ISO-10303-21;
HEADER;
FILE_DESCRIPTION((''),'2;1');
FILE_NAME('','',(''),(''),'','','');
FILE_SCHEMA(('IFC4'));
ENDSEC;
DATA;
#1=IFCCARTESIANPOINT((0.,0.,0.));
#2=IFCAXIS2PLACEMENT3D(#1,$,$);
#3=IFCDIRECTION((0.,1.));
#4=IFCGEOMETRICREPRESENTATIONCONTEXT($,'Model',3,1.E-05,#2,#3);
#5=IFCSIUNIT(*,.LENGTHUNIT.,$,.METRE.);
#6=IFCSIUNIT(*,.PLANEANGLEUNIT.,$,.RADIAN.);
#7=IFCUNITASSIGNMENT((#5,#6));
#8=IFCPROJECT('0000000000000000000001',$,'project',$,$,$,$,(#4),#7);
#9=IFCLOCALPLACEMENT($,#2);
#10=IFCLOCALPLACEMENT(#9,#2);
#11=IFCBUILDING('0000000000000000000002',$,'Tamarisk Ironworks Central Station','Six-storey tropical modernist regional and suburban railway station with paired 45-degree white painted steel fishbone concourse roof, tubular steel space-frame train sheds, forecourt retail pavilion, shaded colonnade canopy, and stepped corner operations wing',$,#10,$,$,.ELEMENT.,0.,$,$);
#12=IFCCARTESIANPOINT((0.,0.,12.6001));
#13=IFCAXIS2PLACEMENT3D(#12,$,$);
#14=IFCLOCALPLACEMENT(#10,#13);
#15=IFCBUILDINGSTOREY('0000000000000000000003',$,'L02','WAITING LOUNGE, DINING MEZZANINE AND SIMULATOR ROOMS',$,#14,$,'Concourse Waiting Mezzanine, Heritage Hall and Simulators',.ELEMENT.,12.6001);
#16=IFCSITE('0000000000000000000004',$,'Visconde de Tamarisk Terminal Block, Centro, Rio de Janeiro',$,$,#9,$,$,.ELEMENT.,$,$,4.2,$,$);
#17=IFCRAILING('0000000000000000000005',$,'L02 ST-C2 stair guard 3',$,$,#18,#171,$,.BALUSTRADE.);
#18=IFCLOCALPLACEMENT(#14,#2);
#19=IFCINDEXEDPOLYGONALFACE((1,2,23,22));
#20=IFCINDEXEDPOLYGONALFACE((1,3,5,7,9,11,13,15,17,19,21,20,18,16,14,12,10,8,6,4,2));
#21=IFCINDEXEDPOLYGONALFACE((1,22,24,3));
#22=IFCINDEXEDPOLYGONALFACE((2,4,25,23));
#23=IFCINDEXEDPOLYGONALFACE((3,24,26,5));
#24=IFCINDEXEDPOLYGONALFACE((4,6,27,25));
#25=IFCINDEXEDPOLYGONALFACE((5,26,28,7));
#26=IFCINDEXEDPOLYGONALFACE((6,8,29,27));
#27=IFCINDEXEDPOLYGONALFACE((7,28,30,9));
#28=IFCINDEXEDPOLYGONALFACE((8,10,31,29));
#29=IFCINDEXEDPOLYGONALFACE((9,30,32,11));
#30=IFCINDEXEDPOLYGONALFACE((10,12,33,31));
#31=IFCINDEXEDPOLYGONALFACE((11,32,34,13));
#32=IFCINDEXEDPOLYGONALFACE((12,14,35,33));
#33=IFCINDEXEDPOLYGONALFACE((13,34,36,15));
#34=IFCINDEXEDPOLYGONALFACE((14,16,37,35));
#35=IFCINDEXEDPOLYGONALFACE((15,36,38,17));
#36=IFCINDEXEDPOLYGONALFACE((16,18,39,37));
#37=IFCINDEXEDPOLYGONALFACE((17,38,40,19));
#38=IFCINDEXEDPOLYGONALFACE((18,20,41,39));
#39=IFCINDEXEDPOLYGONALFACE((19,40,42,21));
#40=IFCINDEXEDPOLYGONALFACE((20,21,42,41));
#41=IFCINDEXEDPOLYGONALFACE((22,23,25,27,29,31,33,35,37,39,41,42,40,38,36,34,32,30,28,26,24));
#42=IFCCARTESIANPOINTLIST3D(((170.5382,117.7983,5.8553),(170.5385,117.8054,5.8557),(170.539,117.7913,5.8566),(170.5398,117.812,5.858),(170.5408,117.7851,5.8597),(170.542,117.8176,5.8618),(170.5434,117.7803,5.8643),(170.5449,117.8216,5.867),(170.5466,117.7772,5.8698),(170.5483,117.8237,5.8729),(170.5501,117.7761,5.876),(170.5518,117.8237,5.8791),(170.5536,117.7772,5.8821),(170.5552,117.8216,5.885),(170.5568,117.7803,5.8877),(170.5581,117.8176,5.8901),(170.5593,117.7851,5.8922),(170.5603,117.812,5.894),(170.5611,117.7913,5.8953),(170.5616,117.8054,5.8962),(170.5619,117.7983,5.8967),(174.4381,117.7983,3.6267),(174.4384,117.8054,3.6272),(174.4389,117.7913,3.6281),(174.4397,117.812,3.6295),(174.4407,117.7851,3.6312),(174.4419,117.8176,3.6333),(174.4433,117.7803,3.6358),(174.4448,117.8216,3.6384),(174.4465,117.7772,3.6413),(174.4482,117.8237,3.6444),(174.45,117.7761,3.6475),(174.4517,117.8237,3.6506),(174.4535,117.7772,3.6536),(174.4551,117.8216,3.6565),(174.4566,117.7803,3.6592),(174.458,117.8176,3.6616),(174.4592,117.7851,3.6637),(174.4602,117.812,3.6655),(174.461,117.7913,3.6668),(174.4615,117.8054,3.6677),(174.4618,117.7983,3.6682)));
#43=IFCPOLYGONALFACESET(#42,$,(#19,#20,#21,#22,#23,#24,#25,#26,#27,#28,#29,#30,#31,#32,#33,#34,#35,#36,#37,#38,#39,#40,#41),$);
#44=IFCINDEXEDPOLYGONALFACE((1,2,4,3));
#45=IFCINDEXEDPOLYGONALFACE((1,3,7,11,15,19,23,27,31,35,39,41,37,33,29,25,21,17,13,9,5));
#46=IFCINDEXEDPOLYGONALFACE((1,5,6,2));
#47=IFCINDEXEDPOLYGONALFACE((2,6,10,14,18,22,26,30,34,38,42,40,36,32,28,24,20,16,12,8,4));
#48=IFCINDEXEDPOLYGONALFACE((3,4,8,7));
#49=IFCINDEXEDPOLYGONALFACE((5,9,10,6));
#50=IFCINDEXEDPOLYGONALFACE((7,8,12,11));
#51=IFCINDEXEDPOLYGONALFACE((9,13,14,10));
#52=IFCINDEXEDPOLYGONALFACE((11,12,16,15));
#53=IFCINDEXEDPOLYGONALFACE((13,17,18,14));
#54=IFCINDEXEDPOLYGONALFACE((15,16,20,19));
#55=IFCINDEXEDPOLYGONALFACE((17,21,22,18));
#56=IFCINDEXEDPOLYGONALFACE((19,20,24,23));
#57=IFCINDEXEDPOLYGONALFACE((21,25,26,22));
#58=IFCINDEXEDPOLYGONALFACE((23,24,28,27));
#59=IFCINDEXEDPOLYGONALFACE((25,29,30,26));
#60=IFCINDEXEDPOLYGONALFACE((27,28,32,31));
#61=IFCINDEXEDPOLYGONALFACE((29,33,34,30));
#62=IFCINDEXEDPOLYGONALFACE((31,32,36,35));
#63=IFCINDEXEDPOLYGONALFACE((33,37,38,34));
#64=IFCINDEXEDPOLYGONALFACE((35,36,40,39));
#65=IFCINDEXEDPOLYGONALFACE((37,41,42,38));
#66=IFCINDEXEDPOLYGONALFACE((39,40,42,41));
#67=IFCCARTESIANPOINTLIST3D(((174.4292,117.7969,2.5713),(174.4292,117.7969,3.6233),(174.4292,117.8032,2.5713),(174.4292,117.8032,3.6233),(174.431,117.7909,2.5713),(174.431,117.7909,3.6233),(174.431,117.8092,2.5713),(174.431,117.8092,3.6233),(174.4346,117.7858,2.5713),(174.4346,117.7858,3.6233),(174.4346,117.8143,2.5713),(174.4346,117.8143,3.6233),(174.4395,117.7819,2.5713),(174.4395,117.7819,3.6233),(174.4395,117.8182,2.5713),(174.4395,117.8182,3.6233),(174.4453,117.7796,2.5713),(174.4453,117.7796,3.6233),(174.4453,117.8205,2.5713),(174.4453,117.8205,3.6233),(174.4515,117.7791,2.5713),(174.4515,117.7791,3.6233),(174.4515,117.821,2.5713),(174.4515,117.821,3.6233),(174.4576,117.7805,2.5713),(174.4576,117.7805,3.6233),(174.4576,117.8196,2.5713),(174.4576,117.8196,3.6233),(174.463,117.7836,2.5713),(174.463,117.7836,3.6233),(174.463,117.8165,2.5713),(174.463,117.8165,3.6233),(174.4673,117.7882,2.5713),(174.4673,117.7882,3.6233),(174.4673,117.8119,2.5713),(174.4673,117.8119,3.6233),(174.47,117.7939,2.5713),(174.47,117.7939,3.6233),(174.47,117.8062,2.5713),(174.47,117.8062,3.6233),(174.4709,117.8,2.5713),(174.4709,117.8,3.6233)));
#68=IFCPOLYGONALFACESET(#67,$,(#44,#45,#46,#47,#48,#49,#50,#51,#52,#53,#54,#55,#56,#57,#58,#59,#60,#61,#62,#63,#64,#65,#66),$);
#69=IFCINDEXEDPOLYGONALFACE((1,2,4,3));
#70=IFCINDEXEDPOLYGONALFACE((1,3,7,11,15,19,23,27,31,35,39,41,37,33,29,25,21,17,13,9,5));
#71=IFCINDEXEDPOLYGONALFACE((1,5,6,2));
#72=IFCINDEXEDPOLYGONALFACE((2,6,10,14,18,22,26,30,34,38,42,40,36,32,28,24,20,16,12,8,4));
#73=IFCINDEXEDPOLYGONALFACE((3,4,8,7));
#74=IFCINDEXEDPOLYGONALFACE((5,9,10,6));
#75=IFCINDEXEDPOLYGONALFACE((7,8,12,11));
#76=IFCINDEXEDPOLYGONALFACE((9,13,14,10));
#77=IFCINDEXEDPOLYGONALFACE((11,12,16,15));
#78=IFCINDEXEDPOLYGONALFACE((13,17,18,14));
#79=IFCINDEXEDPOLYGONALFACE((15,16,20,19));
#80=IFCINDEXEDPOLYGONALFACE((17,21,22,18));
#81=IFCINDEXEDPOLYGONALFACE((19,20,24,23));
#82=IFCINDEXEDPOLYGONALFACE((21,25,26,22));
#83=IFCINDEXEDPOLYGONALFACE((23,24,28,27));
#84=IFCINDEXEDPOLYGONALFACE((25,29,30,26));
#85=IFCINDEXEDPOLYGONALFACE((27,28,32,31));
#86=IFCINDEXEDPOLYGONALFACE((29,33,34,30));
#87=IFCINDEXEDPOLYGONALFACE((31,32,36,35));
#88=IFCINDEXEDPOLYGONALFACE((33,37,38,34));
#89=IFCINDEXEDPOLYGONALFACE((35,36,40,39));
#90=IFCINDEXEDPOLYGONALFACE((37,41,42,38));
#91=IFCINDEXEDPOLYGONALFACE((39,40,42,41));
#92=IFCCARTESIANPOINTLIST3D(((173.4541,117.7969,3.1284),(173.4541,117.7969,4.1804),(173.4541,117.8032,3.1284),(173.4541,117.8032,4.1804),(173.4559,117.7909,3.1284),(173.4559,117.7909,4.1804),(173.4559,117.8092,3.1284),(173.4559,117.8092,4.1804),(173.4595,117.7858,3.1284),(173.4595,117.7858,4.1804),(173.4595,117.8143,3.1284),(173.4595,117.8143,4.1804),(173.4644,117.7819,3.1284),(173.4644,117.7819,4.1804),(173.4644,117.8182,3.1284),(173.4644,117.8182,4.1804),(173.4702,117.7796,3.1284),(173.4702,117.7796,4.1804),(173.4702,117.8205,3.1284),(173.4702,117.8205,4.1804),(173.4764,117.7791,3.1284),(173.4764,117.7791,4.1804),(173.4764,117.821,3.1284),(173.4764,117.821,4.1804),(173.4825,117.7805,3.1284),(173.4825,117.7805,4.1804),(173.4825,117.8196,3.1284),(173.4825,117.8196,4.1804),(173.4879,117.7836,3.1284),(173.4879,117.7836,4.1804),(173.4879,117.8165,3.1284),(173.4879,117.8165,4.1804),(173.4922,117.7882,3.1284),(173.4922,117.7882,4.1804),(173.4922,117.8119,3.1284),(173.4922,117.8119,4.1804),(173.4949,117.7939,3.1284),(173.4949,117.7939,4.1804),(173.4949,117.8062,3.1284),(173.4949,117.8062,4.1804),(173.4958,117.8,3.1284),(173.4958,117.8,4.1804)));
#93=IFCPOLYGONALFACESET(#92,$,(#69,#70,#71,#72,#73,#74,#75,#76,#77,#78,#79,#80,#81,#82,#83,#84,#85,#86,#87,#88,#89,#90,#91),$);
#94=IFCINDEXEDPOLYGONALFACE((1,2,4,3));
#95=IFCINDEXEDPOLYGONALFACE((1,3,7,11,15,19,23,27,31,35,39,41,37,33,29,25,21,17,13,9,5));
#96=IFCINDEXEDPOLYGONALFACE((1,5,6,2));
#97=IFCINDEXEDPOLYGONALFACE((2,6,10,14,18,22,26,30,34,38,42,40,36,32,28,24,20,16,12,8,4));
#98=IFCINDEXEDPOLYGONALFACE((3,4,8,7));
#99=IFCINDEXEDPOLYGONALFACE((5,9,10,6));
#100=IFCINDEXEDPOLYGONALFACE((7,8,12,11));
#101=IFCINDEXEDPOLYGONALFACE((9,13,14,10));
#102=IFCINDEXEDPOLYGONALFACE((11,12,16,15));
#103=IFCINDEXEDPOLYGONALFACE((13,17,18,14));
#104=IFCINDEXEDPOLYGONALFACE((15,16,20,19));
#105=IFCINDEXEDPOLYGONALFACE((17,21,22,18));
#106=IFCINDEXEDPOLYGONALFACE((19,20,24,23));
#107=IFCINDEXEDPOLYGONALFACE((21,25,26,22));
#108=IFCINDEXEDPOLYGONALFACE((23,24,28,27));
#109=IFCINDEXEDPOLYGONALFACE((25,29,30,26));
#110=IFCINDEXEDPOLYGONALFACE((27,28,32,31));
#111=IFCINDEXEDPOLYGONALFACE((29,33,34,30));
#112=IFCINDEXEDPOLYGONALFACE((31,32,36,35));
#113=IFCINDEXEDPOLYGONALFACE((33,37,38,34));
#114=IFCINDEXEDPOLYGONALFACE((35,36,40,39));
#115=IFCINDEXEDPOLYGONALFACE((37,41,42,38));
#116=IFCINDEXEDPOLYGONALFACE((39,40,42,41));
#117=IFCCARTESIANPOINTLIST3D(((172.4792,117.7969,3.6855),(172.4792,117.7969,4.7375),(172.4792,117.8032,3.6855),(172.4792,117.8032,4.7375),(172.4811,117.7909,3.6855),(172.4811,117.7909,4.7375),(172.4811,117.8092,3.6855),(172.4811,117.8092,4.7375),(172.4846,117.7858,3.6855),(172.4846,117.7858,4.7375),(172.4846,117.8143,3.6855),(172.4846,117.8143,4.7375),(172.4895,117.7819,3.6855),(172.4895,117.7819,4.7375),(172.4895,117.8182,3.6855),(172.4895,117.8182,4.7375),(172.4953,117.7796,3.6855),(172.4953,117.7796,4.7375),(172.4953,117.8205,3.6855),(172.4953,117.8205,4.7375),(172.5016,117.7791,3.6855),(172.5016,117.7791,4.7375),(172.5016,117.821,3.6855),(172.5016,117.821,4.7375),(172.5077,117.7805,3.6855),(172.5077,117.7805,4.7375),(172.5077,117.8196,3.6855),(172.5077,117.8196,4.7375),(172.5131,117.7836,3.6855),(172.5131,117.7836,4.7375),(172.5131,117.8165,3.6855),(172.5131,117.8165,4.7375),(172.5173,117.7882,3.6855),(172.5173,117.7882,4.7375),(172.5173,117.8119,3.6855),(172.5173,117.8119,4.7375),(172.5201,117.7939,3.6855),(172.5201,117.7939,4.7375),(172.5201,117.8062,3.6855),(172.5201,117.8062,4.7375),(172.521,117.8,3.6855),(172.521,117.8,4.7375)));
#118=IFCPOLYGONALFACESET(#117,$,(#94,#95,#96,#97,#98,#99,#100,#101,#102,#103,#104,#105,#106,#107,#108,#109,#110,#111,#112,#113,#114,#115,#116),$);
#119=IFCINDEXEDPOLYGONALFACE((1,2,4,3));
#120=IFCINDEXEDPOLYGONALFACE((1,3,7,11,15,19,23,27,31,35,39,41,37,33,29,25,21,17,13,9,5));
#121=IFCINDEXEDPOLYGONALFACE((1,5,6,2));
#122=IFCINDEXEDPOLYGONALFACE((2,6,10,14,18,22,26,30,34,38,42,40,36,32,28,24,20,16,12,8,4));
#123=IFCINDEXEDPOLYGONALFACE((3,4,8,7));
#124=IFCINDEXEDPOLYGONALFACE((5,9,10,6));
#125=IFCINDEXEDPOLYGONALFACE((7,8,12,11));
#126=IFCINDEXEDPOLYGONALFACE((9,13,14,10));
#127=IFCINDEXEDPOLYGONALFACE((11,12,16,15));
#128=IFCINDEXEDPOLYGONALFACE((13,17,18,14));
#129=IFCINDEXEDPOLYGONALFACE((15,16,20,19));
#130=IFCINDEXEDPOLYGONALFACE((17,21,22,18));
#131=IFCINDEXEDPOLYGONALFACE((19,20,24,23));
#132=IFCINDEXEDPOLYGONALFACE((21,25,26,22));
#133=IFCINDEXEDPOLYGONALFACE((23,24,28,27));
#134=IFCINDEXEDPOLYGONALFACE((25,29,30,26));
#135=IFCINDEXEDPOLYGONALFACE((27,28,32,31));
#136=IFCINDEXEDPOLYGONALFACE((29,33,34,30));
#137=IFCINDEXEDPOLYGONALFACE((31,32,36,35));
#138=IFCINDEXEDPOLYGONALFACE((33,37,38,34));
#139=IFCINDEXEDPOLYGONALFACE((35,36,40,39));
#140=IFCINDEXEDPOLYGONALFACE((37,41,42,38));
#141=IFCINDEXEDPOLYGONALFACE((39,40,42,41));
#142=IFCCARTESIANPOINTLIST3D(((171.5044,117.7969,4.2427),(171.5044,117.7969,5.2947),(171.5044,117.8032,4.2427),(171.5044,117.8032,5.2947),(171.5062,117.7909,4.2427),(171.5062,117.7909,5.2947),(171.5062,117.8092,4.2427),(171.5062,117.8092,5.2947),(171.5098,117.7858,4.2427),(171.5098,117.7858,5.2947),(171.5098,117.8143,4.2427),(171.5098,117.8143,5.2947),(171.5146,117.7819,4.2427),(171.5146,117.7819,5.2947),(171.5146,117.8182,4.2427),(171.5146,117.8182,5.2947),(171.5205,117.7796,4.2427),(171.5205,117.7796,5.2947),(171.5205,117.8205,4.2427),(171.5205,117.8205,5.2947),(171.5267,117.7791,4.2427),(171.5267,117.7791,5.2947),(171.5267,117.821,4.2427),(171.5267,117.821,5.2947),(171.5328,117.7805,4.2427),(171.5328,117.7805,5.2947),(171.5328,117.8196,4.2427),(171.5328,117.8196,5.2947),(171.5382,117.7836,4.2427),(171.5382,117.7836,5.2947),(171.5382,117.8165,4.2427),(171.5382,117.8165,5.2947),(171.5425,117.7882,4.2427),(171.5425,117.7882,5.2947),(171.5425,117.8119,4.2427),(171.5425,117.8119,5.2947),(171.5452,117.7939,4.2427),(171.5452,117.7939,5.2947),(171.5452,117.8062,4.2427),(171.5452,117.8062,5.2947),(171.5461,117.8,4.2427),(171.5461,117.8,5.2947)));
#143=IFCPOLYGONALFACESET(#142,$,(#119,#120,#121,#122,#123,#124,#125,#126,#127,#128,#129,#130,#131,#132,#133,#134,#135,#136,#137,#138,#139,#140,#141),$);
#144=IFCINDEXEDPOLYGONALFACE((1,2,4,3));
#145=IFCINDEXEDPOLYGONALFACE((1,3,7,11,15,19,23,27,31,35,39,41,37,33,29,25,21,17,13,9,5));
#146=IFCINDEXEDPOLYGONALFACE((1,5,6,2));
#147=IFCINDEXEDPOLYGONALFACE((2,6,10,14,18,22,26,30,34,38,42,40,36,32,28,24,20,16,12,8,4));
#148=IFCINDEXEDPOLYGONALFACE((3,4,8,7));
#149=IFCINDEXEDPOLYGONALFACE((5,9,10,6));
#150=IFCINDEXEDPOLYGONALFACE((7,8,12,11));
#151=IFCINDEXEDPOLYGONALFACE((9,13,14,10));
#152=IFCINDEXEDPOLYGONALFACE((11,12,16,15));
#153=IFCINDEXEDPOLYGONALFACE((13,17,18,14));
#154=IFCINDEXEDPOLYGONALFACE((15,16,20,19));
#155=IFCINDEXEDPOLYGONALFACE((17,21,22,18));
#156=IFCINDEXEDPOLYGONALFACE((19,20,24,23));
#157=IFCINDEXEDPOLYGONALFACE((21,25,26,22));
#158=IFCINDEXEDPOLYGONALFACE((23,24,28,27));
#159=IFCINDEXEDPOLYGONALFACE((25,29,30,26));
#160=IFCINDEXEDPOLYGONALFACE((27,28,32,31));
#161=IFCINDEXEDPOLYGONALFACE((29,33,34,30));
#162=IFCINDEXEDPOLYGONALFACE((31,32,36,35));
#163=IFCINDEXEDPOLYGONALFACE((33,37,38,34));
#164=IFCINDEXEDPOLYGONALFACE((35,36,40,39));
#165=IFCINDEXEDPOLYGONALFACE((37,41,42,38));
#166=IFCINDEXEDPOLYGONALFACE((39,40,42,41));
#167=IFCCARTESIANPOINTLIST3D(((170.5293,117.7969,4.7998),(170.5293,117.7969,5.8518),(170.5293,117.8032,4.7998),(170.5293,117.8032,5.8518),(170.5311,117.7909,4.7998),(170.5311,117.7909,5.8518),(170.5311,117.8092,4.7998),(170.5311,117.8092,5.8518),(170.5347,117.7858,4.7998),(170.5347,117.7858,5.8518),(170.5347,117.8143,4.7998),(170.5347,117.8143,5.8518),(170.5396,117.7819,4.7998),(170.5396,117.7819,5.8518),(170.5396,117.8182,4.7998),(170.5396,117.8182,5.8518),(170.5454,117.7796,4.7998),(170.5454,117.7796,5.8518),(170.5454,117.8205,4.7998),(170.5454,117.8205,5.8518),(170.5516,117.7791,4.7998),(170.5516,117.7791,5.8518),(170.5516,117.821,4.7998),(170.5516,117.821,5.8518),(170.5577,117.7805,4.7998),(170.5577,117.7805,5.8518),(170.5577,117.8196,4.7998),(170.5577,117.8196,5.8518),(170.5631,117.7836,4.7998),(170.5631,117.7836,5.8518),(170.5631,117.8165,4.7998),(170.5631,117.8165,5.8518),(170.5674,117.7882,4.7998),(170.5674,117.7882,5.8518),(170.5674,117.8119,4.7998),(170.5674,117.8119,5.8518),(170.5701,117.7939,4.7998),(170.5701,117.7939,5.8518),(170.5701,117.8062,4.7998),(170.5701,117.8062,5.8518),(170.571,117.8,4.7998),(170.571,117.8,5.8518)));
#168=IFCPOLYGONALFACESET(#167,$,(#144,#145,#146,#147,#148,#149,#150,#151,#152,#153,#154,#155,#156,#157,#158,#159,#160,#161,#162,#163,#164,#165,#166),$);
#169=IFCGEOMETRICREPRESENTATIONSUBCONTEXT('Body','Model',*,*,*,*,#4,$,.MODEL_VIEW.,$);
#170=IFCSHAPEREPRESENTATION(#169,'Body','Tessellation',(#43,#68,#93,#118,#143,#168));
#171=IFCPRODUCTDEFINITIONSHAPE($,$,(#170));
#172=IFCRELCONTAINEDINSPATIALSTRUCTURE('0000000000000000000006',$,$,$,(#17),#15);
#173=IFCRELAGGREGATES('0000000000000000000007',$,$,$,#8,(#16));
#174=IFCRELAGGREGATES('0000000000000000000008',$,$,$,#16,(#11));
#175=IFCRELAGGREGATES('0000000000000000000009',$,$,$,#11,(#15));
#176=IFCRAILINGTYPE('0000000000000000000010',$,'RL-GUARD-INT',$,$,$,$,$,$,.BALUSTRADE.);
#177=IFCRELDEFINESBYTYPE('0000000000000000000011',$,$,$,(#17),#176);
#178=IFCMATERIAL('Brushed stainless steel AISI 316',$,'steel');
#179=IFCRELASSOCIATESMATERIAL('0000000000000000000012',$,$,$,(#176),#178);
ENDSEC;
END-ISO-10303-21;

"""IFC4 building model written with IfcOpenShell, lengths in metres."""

from ifc_helpers import new_model, si_unit, direction, frame, origin, origin_2d, place, context, subcontext, project, spatial, circle, extrude, material, type_object, element, save


model = new_model("IFC4")

# Units and contexts
model_context = context("Model", 3, precision=1e-05, world=origin(), true_north=direction((0.0, 1.0)))
body_context = subcontext(model_context, "Body", "Model", "MODEL_VIEW")
ifc_project = project(units=[si_unit("LENGTHUNIT", "METRE"), si_unit("PLANEANGLEUNIT", "RADIAN")], contexts=[model_context])

# Site, building, storey
site_placement = place(None, origin())
site = spatial("IfcSite", under=ifc_project, at=site_placement, Name="Visconde de Tamarisk Terminal Block, Centro, Rio de Janeiro", CompositionType="ELEMENT", RefElevation=4.2)
building_placement = place(site_placement, origin())
building = spatial("IfcBuilding", under=site, at=building_placement, Name="Tamarisk Ironworks Central Station", Description="Six-storey tropical modernist regional and suburban railway station with paired 45-degree white painted steel fishbone concourse roof, tubular steel space-frame train sheds, forecourt retail pavilion, shaded colonnade canopy, and stepped corner operations wing", CompositionType="ELEMENT", ElevationOfRefHeight=0.0)
storey_placement = place(building_placement, frame((0.0, 0.0, 12.6001)))
storey = spatial("IfcBuildingStorey", under=building, at=storey_placement, Name="L02", Description="WAITING LOUNGE, DINING MEZZANINE AND SIMULATOR ROOMS", LongName="Concourse Waiting Mezzanine, Heritage Hall and Simulators", CompositionType="ELEMENT", Elevation=12.6001)

# Railing
ifc_material_1 = material(Name="Brushed stainless steel AISI 316", Category="steel")
railing_type_1 = type_object("IfcRailingType", Name="RL-GUARD-INT", PredefinedType="BALUSTRADE", material=ifc_material_1)
railing_1_placement = place(storey_placement, frame((174.45, 117.8, 2.5713)))
element("IfcRailing", 1, at=railing_1_placement, inside=storey, type_object=railing_type_1, Name="L02 ST-C2 stair guard 3", PredefinedType="BALUSTRADE", context=body_context, shape_type="SweptSolid", body=[
    extrude(circle(Radius=0.0239, at=origin_2d()), frame((0.0, 0.0, 1.0762), z_axis=(-0.868243, 0.0, 0.496139), x_axis=(0.0, -1.0, 0.0)), (0.0, 0.0, 1.0), 4.4917),
    extrude(circle(Radius=0.021, at=origin_2d()), origin(), (0.0, 0.0, 1.0), 1.052),
    extrude(circle(Radius=0.021, at=origin_2d()), frame((-0.9751, 0.0, 0.5571)), (0.0, 0.0, 1.0), 1.052),
    extrude(circle(Radius=0.021, at=origin_2d()), frame((-1.95, 0.0, 1.1143)), (0.0, 0.0, 1.0), 1.052),
    extrude(circle(Radius=0.021, at=origin_2d()), frame((-2.9248, 0.0, 1.6714)), (0.0, 0.0, 1.0), 1.052),
    extrude(circle(Radius=0.021, at=origin_2d()), frame((-3.8999, 0.0, 2.2285)), (0.0, 0.0, 1.0), 1.052),
])

save(model, "model.ifc")
